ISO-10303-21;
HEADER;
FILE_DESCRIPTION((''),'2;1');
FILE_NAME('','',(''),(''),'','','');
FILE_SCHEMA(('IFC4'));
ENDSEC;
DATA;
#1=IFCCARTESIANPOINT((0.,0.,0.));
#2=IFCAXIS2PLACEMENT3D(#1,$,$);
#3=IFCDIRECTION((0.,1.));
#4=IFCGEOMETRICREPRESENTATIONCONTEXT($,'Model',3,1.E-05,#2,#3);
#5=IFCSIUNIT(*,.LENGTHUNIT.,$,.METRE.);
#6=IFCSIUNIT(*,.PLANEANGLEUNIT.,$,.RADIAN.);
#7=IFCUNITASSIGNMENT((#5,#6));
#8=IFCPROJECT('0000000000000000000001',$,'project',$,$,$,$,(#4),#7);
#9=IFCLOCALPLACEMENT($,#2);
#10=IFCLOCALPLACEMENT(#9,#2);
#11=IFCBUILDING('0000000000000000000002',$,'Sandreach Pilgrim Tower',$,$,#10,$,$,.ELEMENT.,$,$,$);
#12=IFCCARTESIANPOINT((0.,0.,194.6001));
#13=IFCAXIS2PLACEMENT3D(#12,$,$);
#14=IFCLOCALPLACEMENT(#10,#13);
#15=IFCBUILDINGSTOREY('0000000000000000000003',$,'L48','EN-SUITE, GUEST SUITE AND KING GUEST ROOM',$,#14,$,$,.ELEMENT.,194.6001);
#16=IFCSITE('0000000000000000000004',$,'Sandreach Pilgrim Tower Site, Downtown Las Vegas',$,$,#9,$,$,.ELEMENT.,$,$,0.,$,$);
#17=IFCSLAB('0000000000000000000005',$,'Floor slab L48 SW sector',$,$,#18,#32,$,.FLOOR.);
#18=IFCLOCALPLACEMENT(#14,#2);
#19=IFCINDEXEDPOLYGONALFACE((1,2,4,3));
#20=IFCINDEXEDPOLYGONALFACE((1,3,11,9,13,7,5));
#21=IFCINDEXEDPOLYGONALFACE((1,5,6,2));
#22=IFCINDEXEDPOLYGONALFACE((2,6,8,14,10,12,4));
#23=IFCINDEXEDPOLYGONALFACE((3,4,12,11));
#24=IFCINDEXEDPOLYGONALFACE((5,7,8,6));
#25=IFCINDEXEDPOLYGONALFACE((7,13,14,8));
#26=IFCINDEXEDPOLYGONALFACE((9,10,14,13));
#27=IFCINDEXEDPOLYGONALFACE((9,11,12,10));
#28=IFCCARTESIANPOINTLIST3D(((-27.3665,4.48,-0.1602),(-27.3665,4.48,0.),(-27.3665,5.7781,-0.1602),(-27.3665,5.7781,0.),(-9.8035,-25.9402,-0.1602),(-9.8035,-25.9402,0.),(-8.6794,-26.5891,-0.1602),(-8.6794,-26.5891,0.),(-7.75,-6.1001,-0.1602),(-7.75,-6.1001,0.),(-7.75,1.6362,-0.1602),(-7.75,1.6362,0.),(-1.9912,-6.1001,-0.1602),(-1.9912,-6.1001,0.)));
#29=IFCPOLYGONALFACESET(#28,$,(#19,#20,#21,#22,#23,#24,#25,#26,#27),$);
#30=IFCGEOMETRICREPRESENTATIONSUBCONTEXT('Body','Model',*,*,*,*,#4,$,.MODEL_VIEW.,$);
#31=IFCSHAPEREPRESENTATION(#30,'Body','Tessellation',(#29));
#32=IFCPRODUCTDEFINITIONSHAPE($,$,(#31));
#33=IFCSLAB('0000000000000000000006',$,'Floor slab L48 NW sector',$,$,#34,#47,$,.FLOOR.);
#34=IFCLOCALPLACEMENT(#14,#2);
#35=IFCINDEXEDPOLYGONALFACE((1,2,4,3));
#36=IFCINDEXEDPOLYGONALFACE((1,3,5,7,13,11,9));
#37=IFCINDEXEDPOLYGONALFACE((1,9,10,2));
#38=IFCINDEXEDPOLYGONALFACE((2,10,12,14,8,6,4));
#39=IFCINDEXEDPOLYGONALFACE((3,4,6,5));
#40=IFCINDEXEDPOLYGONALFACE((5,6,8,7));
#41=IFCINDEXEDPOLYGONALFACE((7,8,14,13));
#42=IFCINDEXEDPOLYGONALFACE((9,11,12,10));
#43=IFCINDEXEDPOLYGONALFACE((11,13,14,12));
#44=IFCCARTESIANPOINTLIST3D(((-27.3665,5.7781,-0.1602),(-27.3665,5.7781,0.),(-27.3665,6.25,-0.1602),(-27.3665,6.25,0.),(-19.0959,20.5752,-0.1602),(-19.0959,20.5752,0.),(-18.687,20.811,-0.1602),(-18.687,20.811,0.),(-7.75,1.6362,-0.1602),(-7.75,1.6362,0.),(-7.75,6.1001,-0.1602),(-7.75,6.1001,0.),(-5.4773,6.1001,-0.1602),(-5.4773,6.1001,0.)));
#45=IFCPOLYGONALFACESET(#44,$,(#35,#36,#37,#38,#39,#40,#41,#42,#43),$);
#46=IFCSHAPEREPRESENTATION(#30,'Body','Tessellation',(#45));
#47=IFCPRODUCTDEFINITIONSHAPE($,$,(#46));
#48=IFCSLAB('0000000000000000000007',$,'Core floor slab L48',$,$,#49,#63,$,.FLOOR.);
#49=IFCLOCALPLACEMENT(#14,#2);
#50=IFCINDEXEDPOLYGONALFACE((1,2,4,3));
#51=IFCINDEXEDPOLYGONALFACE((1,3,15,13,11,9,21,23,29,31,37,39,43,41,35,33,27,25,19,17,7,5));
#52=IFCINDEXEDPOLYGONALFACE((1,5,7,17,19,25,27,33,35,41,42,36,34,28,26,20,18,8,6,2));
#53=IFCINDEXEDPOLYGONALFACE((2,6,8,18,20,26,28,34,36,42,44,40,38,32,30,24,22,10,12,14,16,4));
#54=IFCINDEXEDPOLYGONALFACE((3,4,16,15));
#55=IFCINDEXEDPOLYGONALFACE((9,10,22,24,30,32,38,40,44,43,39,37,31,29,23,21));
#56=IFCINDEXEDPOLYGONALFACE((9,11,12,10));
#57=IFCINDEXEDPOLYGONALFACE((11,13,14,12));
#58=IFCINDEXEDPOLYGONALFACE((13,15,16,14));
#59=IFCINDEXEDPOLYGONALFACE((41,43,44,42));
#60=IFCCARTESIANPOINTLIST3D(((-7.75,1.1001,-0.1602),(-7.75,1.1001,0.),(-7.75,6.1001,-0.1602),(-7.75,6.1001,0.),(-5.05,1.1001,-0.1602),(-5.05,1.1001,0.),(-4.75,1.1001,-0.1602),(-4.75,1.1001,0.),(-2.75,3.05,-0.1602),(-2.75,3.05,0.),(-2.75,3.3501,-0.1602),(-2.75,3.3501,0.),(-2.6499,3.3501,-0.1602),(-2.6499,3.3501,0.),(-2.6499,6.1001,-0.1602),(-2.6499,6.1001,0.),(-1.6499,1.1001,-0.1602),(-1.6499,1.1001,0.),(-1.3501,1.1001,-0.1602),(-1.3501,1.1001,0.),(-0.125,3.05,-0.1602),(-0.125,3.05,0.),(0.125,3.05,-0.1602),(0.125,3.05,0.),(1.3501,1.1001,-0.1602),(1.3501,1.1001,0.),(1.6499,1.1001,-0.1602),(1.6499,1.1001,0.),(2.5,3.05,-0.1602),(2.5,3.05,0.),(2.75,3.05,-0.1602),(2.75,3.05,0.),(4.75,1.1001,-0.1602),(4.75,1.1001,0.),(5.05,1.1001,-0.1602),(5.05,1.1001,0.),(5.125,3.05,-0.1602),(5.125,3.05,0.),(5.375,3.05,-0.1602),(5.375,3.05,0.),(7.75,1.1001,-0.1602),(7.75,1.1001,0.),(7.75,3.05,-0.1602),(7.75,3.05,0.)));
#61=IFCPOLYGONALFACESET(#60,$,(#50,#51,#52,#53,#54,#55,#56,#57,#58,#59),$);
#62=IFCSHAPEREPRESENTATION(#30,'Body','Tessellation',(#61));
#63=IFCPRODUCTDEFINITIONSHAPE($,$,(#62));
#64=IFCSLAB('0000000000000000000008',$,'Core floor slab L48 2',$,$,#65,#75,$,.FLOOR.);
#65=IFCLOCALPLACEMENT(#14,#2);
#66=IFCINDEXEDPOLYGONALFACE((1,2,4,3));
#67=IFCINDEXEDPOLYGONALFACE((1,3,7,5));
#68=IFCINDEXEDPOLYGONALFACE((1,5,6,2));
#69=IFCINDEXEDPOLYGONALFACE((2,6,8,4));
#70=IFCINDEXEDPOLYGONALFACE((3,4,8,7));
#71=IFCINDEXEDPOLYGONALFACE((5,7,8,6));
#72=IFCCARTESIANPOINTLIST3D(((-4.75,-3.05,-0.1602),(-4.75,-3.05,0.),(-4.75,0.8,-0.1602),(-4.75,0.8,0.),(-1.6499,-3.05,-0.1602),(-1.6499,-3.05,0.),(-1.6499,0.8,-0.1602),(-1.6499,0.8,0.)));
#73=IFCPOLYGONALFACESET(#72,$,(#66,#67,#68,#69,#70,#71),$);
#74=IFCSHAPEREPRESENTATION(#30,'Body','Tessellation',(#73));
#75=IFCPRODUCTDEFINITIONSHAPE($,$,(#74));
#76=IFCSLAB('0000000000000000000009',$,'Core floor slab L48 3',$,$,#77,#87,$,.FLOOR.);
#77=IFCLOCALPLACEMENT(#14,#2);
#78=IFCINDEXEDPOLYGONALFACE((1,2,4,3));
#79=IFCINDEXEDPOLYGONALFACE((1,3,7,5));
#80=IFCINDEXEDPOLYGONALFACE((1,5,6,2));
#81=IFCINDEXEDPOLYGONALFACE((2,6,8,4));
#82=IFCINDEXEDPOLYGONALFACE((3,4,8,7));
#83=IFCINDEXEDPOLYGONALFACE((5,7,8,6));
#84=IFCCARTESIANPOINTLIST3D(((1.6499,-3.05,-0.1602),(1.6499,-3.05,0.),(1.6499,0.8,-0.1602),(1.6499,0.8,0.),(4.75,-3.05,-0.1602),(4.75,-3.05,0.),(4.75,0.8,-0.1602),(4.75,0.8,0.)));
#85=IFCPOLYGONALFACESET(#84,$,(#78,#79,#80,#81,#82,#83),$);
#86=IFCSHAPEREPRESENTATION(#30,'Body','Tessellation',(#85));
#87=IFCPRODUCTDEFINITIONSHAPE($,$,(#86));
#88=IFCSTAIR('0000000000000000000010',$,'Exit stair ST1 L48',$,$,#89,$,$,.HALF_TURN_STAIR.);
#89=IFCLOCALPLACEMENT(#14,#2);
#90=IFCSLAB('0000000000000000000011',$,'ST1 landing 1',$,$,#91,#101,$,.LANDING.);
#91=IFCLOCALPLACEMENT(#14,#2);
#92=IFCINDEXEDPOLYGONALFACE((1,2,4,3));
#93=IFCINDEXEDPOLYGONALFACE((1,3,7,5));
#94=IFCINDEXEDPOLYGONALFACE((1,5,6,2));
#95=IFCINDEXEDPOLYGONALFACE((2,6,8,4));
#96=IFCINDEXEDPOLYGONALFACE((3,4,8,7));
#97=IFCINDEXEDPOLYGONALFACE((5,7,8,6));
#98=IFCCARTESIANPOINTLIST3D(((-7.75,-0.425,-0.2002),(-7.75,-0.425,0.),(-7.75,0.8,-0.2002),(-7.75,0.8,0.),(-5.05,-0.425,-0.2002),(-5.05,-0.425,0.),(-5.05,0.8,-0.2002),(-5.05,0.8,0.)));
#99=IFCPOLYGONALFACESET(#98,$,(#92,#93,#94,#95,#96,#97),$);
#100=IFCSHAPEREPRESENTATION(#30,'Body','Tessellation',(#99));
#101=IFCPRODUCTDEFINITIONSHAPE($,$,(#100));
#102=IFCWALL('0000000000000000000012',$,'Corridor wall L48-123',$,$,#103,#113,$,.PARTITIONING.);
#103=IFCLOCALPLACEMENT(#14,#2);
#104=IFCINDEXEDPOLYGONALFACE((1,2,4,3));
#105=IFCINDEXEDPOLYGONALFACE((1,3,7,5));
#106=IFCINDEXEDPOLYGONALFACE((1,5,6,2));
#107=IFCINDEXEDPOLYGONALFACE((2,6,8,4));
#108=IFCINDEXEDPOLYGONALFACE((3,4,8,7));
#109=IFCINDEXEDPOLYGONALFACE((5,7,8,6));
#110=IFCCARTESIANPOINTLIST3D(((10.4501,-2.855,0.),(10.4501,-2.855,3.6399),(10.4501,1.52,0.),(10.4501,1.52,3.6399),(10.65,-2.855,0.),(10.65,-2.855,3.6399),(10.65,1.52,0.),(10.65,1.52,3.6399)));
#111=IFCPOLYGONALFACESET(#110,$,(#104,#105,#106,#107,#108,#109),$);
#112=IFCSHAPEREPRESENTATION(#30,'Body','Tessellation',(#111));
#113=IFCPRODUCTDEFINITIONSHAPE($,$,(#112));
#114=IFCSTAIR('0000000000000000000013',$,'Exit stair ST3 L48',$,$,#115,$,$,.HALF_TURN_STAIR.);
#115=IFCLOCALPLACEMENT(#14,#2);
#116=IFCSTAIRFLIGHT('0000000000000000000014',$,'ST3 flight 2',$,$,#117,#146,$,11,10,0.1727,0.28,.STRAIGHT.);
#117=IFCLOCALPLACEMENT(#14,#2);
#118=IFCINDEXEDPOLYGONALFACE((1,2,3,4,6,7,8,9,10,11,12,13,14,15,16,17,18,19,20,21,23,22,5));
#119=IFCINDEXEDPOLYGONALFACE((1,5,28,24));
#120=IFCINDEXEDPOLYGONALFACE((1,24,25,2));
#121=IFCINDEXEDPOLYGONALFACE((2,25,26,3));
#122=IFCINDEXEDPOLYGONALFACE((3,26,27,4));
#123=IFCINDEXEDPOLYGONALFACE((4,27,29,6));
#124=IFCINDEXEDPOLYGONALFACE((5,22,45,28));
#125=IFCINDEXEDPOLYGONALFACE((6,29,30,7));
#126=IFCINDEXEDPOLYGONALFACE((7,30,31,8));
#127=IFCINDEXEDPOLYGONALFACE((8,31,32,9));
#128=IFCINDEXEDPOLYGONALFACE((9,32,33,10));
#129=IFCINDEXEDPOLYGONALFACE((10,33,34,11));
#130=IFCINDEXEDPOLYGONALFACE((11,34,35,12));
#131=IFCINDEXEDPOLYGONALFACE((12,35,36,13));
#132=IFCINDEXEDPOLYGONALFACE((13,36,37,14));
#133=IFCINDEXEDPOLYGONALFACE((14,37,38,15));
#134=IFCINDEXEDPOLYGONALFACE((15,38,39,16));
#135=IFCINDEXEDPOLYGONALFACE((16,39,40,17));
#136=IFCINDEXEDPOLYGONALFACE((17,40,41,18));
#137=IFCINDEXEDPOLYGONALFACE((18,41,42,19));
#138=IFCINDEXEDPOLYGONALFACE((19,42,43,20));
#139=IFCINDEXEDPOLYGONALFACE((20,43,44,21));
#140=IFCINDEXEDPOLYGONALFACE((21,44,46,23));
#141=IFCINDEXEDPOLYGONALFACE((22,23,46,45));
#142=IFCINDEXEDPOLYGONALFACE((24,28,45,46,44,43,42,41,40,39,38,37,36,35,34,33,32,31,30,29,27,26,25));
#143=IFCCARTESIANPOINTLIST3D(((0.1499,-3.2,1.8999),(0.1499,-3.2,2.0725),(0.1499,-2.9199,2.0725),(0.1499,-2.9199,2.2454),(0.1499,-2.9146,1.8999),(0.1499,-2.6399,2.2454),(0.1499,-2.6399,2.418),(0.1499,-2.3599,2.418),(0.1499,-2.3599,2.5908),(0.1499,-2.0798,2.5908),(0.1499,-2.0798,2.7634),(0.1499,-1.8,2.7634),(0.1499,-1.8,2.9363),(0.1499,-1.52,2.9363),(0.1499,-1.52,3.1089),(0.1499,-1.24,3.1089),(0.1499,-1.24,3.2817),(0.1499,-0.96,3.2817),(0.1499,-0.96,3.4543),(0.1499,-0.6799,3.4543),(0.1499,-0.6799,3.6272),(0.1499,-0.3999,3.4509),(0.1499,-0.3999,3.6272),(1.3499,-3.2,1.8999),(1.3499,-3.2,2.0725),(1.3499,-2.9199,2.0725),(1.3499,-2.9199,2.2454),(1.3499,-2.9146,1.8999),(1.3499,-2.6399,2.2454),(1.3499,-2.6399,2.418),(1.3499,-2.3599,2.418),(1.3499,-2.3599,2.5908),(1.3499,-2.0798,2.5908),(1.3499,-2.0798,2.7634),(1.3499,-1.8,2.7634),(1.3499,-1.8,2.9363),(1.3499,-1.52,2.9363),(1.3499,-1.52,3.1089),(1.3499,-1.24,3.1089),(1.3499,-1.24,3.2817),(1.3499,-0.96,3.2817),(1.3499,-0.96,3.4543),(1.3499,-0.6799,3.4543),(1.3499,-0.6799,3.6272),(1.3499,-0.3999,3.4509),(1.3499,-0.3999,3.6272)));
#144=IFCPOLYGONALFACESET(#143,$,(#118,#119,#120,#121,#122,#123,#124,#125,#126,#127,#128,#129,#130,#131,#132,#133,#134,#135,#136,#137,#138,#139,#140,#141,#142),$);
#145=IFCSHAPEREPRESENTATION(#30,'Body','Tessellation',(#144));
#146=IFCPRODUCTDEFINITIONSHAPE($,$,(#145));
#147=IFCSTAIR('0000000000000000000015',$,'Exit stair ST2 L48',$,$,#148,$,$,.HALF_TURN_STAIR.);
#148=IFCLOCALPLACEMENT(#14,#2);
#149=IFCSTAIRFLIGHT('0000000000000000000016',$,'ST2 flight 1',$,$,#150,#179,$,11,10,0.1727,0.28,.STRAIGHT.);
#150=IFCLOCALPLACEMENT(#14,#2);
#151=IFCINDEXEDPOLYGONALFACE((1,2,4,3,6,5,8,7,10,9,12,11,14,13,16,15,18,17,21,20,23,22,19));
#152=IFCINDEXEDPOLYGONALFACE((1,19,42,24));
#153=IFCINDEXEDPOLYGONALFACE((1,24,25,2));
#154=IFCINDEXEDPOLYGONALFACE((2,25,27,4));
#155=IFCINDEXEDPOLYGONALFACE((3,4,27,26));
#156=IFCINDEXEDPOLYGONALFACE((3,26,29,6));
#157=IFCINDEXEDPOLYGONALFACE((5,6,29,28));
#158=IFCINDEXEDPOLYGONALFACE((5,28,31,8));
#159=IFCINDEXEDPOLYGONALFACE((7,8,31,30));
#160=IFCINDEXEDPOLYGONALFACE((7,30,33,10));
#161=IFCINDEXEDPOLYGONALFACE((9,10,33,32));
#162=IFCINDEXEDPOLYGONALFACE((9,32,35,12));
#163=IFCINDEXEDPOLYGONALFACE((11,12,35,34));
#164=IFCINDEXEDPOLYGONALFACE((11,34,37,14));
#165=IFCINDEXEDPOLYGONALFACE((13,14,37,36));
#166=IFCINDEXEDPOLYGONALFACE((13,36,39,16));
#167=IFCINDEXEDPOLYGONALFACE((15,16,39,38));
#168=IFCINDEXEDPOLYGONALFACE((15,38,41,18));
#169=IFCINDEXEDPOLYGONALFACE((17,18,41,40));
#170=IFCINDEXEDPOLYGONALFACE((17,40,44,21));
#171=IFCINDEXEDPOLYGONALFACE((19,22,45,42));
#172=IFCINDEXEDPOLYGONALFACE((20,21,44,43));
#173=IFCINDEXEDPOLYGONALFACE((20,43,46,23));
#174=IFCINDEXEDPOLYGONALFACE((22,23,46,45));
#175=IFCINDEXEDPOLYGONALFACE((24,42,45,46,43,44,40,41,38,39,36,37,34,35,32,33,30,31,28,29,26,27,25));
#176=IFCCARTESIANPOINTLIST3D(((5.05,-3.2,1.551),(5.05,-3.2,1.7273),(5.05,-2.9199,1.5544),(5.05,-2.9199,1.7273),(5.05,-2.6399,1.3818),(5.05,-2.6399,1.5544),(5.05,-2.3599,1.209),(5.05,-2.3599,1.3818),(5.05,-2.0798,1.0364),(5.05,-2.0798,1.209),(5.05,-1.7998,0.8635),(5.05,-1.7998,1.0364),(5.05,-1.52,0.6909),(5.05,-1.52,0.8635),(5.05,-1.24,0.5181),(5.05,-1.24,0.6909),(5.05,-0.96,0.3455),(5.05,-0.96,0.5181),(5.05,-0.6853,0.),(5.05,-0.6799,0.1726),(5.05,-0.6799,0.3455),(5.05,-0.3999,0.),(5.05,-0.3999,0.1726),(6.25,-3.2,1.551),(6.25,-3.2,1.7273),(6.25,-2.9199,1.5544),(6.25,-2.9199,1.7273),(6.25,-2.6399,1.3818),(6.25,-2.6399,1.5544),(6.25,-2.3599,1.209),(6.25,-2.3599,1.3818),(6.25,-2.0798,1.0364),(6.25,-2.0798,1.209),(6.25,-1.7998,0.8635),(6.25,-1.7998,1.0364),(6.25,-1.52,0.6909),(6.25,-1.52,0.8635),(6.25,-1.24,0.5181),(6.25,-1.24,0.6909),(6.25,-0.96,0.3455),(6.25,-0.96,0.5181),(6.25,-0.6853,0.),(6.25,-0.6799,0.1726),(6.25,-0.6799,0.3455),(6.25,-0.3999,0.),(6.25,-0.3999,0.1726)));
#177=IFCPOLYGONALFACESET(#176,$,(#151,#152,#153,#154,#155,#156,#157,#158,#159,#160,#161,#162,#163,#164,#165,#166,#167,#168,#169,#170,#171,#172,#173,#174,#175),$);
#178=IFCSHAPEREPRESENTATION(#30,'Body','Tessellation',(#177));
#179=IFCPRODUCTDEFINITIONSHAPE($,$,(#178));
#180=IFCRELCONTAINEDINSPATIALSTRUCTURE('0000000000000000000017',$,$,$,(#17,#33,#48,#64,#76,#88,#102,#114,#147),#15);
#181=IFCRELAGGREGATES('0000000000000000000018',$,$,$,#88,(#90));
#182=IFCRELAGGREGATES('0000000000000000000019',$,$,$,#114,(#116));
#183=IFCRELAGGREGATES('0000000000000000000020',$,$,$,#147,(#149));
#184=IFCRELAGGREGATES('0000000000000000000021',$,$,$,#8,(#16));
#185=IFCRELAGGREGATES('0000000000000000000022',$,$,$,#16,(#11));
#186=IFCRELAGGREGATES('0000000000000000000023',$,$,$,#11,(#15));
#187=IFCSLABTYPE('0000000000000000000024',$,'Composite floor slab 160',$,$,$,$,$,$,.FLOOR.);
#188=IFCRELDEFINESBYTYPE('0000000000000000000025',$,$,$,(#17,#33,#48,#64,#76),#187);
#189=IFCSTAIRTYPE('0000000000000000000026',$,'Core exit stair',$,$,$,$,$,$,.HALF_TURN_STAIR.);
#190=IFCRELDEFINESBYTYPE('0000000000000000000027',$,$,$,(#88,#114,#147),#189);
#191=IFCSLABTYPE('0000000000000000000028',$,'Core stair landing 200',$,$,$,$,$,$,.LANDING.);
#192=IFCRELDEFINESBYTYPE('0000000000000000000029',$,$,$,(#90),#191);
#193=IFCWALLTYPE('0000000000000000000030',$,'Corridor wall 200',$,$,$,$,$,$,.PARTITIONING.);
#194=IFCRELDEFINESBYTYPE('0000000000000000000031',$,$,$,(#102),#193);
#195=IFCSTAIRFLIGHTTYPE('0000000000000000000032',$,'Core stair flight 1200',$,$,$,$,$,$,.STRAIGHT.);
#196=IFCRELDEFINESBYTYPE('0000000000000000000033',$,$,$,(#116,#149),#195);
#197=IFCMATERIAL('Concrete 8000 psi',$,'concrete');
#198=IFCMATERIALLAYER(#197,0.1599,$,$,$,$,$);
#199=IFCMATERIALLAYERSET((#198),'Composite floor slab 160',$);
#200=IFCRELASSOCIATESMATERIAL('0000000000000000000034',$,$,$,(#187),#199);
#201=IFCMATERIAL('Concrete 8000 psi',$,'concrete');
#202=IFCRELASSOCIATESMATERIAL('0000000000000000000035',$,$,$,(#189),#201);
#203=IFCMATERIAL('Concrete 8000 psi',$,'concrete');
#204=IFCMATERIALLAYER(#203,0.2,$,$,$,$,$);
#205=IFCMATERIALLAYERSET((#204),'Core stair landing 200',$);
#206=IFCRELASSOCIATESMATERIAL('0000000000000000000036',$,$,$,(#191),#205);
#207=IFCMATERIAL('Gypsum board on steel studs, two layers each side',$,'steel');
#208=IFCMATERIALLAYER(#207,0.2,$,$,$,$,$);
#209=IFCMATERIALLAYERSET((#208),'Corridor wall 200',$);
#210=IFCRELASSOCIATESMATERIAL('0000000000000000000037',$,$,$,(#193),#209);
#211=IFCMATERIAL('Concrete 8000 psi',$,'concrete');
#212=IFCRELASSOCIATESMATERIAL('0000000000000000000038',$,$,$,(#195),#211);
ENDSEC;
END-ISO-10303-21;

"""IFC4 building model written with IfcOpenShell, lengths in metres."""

from ifc_helpers import new_model, si_unit, direction, frame, frame_2d, origin, place, context, subcontext, project, spatial, polyline, rectangle, outline, extrude, material, layer, layer_set, type_object, element, aggregate, save


model = new_model("IFC4")

# Units and contexts
model_context = context("Model", 3, precision=1e-05, world=origin(), true_north=direction((0.0, 1.0)))
body_context = subcontext(model_context, "Body", "Model", "MODEL_VIEW")
ifc_project = project(units=[si_unit("LENGTHUNIT", "METRE"), si_unit("PLANEANGLEUNIT", "RADIAN")], contexts=[model_context])

# Site, building, storey
site_placement = place(None, origin())
site = spatial("IfcSite", under=ifc_project, at=site_placement, Name="Sandreach Pilgrim Tower Site, Downtown Las Vegas", CompositionType="ELEMENT", RefElevation=0.0)
building_placement = place(site_placement, origin())
building = spatial("IfcBuilding", under=site, at=building_placement, Name="Sandreach Pilgrim Tower", CompositionType="ELEMENT")
storey_placement = place(building_placement, frame((0.0, 0.0, 194.6001)))
storey = spatial("IfcBuildingStorey", under=building, at=storey_placement, Name="L48", Description="EN-SUITE, GUEST SUITE AND KING GUEST ROOM", CompositionType="ELEMENT", Elevation=194.6001)

# Slabs
ifc_material_1 = material(Name="Concrete 8000 psi", Category="concrete")
ifc_layer_1 = layer(ifc_material_1, 0.1599)
ifc_layer_set_1 = layer_set([ifc_layer_1], Name="Composite floor slab 160")
slab_type_1 = type_object("IfcSlabType", Name="Composite floor slab 160", PredefinedType="FLOOR", material=ifc_layer_set_1)
slab_1_placement = place(storey_placement, frame((0.0, 0.0, -0.1602)))
element("IfcSlab", 1, at=slab_1_placement, inside=storey, type_object=slab_type_1, Name="Floor slab L48 SW sector", PredefinedType="FLOOR", context=body_context, shape_type="SweptSolid", body=[
    extrude(outline(polyline([(-9.8035, -25.9402), (-27.3665, 4.48), (-27.3665, 5.7781), (-7.75, 1.6362), (-7.75, -6.1001), (-1.9912, -6.1001), (-8.6794, -26.5891), (-9.8035, -25.9402)])), origin(), (0.0, 0.0, 1.0), 0.1602),
])
slab_2_placement = place(storey_placement, frame((0.0, 0.0, -0.1602)))
element("IfcSlab", 2, at=slab_2_placement, inside=storey, type_object=slab_type_1, Name="Floor slab L48 NW sector", PredefinedType="FLOOR", context=body_context, shape_type="SweptSolid", body=[
    extrude(outline(polyline([(-27.3665, 6.25), (-19.0959, 20.5752), (-18.687, 20.811), (-5.4773, 6.1001), (-7.75, 6.1001), (-7.75, 1.6362), (-27.3665, 5.7781), (-27.3665, 6.25)])), origin(), (0.0, 0.0, 1.0), 0.1602),
])
slab_3_placement = place(storey_placement, frame((0.0, 0.0, -0.1602)))
element("IfcSlab", 3, at=slab_3_placement, inside=storey, type_object=slab_type_1, Name="Core floor slab L48", PredefinedType="FLOOR", context=body_context, shape_type="SweptSolid", body=[
    extrude(outline(polyline([(-2.75, 3.3501), (-2.75, 3.05), (-0.125, 3.05), (0.125, 3.05), (2.5, 3.05), (2.75, 3.05), (5.125, 3.05), (5.375, 3.05), (7.75, 3.05), (7.75, 1.1001), (5.05, 1.1001), (4.75, 1.1001), (1.6499, 1.1001), (1.3501, 1.1001), (-1.3501, 1.1001), (-1.6499, 1.1001), (-4.75, 1.1001), (-5.05, 1.1001), (-7.75, 1.1001), (-7.75, 6.1001), (-2.6499, 6.1001), (-2.6499, 3.3501), (-2.75, 3.3501)])), origin(), (0.0, 0.0, 1.0), 0.1602),
])
slab_4_placement = place(storey_placement, frame((0.0, 0.0, -0.1602)))
element("IfcSlab", 4, at=slab_4_placement, inside=storey, type_object=slab_type_1, Name="Core floor slab L48 2", PredefinedType="FLOOR", context=body_context, shape_type="SweptSolid", body=[
    extrude(outline(polyline([(-1.6499, -3.05), (-4.75, -3.05), (-4.75, 0.8), (-1.6499, 0.8), (-1.6499, -3.05)])), origin(), (0.0, 0.0, 1.0), 0.1602),
])
slab_5_placement = place(storey_placement, frame((0.0, 0.0, -0.1602)))
element("IfcSlab", 5, at=slab_5_placement, inside=storey, type_object=slab_type_1, Name="Core floor slab L48 3", PredefinedType="FLOOR", context=body_context, shape_type="SweptSolid", body=[
    extrude(outline(polyline([(4.75, -3.05), (1.6499, -3.05), (1.6499, 0.8), (4.75, 0.8), (4.75, -3.05)])), origin(), (0.0, 0.0, 1.0), 0.1602),
])

# Stair, slab
ifc_material_2 = material(Name="Concrete 8000 psi", Category="concrete")
stair_type = type_object("IfcStairType", Name="Core exit stair", PredefinedType="HALF_TURN_STAIR", material=ifc_material_2)
stair_1_placement = place(storey_placement, origin())
stair_1 = element("IfcStair", 6, at=stair_1_placement, inside=storey, type_object=stair_type, Name="Exit stair ST1 L48", PredefinedType="HALF_TURN_STAIR")
ifc_material_3 = material(Name="Concrete 8000 psi", Category="concrete")
ifc_layer_2 = layer(ifc_material_3, 0.2)
ifc_layer_set_2 = layer_set([ifc_layer_2], Name="Core stair landing 200")
slab_type_2 = type_object("IfcSlabType", Name="Core stair landing 200", PredefinedType="LANDING", material=ifc_layer_set_2)
slab_6_placement = place(storey_placement, frame((0.0, 0.0, -0.2002)))
slab_6 = element("IfcSlab", 7, at=slab_6_placement, type_object=slab_type_2, Name="ST1 landing 1", PredefinedType="LANDING", context=body_context, shape_type="SweptSolid", body=[
    extrude(outline(polyline([(-7.75, -0.425), (-5.05, -0.425), (-5.05, 0.8), (-7.75, 0.8), (-7.75, -0.425)])), origin(), (0.0, 0.0, 1.0), 0.2002),
])
aggregate(stair_1, [slab_6])

# Wall
ifc_material_4 = material(Name="Gypsum board on steel studs, two layers each side", Category="steel")
ifc_layer_3 = layer(ifc_material_4, 0.2)
ifc_layer_set_3 = layer_set([ifc_layer_3], Name="Corridor wall 200")
wall_type_1 = type_object("IfcWallType", Name="Corridor wall 200", PredefinedType="PARTITIONING", material=ifc_layer_set_3)
wall_1_placement = place(storey_placement, frame((10.55, -2.855, 0.0), z_axis=(0.0, 0.0, 1.0), x_axis=(0.0, 1.0, 0.0)))
element("IfcWall", 8, at=wall_1_placement, inside=storey, type_object=wall_type_1, Name="Corridor wall L48-123", PredefinedType="PARTITIONING", context=body_context, shape_type="SweptSolid", body=[
    extrude(rectangle(XDim=4.375, YDim=0.2, at=frame_2d((2.1875, 0.0))), origin(), (0.0, 0.0, 1.0), 3.6399),
])

# Stair, stair flight
stair_2_placement = place(storey_placement, origin())
stair_2 = element("IfcStair", 9, at=stair_2_placement, inside=storey, type_object=stair_type, Name="Exit stair ST3 L48", PredefinedType="HALF_TURN_STAIR")
ifc_material_5 = material(Name="Concrete 8000 psi", Category="concrete")
stair_flight_type = type_object("IfcStairFlightType", Name="Core stair flight 1200", PredefinedType="STRAIGHT", material=ifc_material_5)
stair_flight_1_placement = place(storey_placement, frame((0.75, -3.2, 1.8999), z_axis=(0.0, 0.0, 1.0), x_axis=(0.0, 1.0, 0.0)))
stair_flight_1 = element("IfcStairFlight", 10, at=stair_flight_1_placement, type_object=stair_flight_type, Name="ST3 flight 2", NumberOfRisers=11, NumberOfTreads=10, PredefinedType="STRAIGHT", RiserHeight=0.1727, TreadLength=0.28, context=body_context, shape_type="SweptSolid", body=[
    extrude(outline(polyline([(0.0, 0.0), (0.0, 0.1726), (0.28, 0.1726), (0.28, 0.3455), (0.5601, 0.3455), (0.5601, 0.5181), (0.8401, 0.5181), (0.8401, 0.6909), (1.1201, 0.6909), (1.1201, 0.8635), (1.3999, 0.8635), (1.3999, 1.0364), (1.6799, 1.0364), (1.6799, 1.209), (1.96, 1.209), (1.96, 1.3818), (2.24, 1.3818), (2.24, 1.5544), (2.52, 1.5544), (2.52, 1.7273), (2.8, 1.7273), (2.8, 1.8999), (2.8, 1.551), (0.2854, 0.0), (0.0, 0.0)])), frame((0.0, 0.6001, 0.0), z_axis=(0.0, -1.0, 0.0), x_axis=(1.0, 0.0, 0.0)), (0.0, 0.0, 1.0), 1.2),
])
aggregate(stair_2, [stair_flight_1])

# Stair, stair flight
stair_3_placement = place(storey_placement, origin())
stair_3 = element("IfcStair", 11, at=stair_3_placement, inside=storey, type_object=stair_type, Name="Exit stair ST2 L48", PredefinedType="HALF_TURN_STAIR")
stair_flight_2_placement = place(storey_placement, frame((5.6499, -0.3999, 0.0), z_axis=(0.0, 0.0, 1.0), x_axis=(0.0, -1.0, 0.0)))
stair_flight_2 = element("IfcStairFlight", 12, at=stair_flight_2_placement, type_object=stair_flight_type, Name="ST2 flight 1", NumberOfRisers=11, NumberOfTreads=10, PredefinedType="STRAIGHT", RiserHeight=0.1727, TreadLength=0.28, context=body_context, shape_type="SweptSolid", body=[
    extrude(outline(polyline([(0.0, 0.0), (0.0, 0.1726), (0.28, 0.1726), (0.28, 0.3455), (0.5601, 0.3455), (0.5601, 0.5181), (0.8401, 0.5181), (0.8401, 0.6909), (1.1201, 0.6909), (1.1201, 0.8635), (1.3999, 0.8635), (1.3999, 1.0364), (1.6799, 1.0364), (1.6799, 1.209), (1.96, 1.209), (1.96, 1.3818), (2.24, 1.3818), (2.24, 1.5544), (2.52, 1.5544), (2.52, 1.7273), (2.8, 1.7273), (2.8, 1.8999), (2.8, 1.551), (0.2854, 0.0), (0.0, 0.0)])), frame((0.0, 0.6001, 0.0), z_axis=(0.0, -1.0, 0.0), x_axis=(1.0, 0.0, 0.0)), (0.0, 0.0, 1.0), 1.2),
])
aggregate(stair_3, [stair_flight_2])

save(model, "model.ifc")
